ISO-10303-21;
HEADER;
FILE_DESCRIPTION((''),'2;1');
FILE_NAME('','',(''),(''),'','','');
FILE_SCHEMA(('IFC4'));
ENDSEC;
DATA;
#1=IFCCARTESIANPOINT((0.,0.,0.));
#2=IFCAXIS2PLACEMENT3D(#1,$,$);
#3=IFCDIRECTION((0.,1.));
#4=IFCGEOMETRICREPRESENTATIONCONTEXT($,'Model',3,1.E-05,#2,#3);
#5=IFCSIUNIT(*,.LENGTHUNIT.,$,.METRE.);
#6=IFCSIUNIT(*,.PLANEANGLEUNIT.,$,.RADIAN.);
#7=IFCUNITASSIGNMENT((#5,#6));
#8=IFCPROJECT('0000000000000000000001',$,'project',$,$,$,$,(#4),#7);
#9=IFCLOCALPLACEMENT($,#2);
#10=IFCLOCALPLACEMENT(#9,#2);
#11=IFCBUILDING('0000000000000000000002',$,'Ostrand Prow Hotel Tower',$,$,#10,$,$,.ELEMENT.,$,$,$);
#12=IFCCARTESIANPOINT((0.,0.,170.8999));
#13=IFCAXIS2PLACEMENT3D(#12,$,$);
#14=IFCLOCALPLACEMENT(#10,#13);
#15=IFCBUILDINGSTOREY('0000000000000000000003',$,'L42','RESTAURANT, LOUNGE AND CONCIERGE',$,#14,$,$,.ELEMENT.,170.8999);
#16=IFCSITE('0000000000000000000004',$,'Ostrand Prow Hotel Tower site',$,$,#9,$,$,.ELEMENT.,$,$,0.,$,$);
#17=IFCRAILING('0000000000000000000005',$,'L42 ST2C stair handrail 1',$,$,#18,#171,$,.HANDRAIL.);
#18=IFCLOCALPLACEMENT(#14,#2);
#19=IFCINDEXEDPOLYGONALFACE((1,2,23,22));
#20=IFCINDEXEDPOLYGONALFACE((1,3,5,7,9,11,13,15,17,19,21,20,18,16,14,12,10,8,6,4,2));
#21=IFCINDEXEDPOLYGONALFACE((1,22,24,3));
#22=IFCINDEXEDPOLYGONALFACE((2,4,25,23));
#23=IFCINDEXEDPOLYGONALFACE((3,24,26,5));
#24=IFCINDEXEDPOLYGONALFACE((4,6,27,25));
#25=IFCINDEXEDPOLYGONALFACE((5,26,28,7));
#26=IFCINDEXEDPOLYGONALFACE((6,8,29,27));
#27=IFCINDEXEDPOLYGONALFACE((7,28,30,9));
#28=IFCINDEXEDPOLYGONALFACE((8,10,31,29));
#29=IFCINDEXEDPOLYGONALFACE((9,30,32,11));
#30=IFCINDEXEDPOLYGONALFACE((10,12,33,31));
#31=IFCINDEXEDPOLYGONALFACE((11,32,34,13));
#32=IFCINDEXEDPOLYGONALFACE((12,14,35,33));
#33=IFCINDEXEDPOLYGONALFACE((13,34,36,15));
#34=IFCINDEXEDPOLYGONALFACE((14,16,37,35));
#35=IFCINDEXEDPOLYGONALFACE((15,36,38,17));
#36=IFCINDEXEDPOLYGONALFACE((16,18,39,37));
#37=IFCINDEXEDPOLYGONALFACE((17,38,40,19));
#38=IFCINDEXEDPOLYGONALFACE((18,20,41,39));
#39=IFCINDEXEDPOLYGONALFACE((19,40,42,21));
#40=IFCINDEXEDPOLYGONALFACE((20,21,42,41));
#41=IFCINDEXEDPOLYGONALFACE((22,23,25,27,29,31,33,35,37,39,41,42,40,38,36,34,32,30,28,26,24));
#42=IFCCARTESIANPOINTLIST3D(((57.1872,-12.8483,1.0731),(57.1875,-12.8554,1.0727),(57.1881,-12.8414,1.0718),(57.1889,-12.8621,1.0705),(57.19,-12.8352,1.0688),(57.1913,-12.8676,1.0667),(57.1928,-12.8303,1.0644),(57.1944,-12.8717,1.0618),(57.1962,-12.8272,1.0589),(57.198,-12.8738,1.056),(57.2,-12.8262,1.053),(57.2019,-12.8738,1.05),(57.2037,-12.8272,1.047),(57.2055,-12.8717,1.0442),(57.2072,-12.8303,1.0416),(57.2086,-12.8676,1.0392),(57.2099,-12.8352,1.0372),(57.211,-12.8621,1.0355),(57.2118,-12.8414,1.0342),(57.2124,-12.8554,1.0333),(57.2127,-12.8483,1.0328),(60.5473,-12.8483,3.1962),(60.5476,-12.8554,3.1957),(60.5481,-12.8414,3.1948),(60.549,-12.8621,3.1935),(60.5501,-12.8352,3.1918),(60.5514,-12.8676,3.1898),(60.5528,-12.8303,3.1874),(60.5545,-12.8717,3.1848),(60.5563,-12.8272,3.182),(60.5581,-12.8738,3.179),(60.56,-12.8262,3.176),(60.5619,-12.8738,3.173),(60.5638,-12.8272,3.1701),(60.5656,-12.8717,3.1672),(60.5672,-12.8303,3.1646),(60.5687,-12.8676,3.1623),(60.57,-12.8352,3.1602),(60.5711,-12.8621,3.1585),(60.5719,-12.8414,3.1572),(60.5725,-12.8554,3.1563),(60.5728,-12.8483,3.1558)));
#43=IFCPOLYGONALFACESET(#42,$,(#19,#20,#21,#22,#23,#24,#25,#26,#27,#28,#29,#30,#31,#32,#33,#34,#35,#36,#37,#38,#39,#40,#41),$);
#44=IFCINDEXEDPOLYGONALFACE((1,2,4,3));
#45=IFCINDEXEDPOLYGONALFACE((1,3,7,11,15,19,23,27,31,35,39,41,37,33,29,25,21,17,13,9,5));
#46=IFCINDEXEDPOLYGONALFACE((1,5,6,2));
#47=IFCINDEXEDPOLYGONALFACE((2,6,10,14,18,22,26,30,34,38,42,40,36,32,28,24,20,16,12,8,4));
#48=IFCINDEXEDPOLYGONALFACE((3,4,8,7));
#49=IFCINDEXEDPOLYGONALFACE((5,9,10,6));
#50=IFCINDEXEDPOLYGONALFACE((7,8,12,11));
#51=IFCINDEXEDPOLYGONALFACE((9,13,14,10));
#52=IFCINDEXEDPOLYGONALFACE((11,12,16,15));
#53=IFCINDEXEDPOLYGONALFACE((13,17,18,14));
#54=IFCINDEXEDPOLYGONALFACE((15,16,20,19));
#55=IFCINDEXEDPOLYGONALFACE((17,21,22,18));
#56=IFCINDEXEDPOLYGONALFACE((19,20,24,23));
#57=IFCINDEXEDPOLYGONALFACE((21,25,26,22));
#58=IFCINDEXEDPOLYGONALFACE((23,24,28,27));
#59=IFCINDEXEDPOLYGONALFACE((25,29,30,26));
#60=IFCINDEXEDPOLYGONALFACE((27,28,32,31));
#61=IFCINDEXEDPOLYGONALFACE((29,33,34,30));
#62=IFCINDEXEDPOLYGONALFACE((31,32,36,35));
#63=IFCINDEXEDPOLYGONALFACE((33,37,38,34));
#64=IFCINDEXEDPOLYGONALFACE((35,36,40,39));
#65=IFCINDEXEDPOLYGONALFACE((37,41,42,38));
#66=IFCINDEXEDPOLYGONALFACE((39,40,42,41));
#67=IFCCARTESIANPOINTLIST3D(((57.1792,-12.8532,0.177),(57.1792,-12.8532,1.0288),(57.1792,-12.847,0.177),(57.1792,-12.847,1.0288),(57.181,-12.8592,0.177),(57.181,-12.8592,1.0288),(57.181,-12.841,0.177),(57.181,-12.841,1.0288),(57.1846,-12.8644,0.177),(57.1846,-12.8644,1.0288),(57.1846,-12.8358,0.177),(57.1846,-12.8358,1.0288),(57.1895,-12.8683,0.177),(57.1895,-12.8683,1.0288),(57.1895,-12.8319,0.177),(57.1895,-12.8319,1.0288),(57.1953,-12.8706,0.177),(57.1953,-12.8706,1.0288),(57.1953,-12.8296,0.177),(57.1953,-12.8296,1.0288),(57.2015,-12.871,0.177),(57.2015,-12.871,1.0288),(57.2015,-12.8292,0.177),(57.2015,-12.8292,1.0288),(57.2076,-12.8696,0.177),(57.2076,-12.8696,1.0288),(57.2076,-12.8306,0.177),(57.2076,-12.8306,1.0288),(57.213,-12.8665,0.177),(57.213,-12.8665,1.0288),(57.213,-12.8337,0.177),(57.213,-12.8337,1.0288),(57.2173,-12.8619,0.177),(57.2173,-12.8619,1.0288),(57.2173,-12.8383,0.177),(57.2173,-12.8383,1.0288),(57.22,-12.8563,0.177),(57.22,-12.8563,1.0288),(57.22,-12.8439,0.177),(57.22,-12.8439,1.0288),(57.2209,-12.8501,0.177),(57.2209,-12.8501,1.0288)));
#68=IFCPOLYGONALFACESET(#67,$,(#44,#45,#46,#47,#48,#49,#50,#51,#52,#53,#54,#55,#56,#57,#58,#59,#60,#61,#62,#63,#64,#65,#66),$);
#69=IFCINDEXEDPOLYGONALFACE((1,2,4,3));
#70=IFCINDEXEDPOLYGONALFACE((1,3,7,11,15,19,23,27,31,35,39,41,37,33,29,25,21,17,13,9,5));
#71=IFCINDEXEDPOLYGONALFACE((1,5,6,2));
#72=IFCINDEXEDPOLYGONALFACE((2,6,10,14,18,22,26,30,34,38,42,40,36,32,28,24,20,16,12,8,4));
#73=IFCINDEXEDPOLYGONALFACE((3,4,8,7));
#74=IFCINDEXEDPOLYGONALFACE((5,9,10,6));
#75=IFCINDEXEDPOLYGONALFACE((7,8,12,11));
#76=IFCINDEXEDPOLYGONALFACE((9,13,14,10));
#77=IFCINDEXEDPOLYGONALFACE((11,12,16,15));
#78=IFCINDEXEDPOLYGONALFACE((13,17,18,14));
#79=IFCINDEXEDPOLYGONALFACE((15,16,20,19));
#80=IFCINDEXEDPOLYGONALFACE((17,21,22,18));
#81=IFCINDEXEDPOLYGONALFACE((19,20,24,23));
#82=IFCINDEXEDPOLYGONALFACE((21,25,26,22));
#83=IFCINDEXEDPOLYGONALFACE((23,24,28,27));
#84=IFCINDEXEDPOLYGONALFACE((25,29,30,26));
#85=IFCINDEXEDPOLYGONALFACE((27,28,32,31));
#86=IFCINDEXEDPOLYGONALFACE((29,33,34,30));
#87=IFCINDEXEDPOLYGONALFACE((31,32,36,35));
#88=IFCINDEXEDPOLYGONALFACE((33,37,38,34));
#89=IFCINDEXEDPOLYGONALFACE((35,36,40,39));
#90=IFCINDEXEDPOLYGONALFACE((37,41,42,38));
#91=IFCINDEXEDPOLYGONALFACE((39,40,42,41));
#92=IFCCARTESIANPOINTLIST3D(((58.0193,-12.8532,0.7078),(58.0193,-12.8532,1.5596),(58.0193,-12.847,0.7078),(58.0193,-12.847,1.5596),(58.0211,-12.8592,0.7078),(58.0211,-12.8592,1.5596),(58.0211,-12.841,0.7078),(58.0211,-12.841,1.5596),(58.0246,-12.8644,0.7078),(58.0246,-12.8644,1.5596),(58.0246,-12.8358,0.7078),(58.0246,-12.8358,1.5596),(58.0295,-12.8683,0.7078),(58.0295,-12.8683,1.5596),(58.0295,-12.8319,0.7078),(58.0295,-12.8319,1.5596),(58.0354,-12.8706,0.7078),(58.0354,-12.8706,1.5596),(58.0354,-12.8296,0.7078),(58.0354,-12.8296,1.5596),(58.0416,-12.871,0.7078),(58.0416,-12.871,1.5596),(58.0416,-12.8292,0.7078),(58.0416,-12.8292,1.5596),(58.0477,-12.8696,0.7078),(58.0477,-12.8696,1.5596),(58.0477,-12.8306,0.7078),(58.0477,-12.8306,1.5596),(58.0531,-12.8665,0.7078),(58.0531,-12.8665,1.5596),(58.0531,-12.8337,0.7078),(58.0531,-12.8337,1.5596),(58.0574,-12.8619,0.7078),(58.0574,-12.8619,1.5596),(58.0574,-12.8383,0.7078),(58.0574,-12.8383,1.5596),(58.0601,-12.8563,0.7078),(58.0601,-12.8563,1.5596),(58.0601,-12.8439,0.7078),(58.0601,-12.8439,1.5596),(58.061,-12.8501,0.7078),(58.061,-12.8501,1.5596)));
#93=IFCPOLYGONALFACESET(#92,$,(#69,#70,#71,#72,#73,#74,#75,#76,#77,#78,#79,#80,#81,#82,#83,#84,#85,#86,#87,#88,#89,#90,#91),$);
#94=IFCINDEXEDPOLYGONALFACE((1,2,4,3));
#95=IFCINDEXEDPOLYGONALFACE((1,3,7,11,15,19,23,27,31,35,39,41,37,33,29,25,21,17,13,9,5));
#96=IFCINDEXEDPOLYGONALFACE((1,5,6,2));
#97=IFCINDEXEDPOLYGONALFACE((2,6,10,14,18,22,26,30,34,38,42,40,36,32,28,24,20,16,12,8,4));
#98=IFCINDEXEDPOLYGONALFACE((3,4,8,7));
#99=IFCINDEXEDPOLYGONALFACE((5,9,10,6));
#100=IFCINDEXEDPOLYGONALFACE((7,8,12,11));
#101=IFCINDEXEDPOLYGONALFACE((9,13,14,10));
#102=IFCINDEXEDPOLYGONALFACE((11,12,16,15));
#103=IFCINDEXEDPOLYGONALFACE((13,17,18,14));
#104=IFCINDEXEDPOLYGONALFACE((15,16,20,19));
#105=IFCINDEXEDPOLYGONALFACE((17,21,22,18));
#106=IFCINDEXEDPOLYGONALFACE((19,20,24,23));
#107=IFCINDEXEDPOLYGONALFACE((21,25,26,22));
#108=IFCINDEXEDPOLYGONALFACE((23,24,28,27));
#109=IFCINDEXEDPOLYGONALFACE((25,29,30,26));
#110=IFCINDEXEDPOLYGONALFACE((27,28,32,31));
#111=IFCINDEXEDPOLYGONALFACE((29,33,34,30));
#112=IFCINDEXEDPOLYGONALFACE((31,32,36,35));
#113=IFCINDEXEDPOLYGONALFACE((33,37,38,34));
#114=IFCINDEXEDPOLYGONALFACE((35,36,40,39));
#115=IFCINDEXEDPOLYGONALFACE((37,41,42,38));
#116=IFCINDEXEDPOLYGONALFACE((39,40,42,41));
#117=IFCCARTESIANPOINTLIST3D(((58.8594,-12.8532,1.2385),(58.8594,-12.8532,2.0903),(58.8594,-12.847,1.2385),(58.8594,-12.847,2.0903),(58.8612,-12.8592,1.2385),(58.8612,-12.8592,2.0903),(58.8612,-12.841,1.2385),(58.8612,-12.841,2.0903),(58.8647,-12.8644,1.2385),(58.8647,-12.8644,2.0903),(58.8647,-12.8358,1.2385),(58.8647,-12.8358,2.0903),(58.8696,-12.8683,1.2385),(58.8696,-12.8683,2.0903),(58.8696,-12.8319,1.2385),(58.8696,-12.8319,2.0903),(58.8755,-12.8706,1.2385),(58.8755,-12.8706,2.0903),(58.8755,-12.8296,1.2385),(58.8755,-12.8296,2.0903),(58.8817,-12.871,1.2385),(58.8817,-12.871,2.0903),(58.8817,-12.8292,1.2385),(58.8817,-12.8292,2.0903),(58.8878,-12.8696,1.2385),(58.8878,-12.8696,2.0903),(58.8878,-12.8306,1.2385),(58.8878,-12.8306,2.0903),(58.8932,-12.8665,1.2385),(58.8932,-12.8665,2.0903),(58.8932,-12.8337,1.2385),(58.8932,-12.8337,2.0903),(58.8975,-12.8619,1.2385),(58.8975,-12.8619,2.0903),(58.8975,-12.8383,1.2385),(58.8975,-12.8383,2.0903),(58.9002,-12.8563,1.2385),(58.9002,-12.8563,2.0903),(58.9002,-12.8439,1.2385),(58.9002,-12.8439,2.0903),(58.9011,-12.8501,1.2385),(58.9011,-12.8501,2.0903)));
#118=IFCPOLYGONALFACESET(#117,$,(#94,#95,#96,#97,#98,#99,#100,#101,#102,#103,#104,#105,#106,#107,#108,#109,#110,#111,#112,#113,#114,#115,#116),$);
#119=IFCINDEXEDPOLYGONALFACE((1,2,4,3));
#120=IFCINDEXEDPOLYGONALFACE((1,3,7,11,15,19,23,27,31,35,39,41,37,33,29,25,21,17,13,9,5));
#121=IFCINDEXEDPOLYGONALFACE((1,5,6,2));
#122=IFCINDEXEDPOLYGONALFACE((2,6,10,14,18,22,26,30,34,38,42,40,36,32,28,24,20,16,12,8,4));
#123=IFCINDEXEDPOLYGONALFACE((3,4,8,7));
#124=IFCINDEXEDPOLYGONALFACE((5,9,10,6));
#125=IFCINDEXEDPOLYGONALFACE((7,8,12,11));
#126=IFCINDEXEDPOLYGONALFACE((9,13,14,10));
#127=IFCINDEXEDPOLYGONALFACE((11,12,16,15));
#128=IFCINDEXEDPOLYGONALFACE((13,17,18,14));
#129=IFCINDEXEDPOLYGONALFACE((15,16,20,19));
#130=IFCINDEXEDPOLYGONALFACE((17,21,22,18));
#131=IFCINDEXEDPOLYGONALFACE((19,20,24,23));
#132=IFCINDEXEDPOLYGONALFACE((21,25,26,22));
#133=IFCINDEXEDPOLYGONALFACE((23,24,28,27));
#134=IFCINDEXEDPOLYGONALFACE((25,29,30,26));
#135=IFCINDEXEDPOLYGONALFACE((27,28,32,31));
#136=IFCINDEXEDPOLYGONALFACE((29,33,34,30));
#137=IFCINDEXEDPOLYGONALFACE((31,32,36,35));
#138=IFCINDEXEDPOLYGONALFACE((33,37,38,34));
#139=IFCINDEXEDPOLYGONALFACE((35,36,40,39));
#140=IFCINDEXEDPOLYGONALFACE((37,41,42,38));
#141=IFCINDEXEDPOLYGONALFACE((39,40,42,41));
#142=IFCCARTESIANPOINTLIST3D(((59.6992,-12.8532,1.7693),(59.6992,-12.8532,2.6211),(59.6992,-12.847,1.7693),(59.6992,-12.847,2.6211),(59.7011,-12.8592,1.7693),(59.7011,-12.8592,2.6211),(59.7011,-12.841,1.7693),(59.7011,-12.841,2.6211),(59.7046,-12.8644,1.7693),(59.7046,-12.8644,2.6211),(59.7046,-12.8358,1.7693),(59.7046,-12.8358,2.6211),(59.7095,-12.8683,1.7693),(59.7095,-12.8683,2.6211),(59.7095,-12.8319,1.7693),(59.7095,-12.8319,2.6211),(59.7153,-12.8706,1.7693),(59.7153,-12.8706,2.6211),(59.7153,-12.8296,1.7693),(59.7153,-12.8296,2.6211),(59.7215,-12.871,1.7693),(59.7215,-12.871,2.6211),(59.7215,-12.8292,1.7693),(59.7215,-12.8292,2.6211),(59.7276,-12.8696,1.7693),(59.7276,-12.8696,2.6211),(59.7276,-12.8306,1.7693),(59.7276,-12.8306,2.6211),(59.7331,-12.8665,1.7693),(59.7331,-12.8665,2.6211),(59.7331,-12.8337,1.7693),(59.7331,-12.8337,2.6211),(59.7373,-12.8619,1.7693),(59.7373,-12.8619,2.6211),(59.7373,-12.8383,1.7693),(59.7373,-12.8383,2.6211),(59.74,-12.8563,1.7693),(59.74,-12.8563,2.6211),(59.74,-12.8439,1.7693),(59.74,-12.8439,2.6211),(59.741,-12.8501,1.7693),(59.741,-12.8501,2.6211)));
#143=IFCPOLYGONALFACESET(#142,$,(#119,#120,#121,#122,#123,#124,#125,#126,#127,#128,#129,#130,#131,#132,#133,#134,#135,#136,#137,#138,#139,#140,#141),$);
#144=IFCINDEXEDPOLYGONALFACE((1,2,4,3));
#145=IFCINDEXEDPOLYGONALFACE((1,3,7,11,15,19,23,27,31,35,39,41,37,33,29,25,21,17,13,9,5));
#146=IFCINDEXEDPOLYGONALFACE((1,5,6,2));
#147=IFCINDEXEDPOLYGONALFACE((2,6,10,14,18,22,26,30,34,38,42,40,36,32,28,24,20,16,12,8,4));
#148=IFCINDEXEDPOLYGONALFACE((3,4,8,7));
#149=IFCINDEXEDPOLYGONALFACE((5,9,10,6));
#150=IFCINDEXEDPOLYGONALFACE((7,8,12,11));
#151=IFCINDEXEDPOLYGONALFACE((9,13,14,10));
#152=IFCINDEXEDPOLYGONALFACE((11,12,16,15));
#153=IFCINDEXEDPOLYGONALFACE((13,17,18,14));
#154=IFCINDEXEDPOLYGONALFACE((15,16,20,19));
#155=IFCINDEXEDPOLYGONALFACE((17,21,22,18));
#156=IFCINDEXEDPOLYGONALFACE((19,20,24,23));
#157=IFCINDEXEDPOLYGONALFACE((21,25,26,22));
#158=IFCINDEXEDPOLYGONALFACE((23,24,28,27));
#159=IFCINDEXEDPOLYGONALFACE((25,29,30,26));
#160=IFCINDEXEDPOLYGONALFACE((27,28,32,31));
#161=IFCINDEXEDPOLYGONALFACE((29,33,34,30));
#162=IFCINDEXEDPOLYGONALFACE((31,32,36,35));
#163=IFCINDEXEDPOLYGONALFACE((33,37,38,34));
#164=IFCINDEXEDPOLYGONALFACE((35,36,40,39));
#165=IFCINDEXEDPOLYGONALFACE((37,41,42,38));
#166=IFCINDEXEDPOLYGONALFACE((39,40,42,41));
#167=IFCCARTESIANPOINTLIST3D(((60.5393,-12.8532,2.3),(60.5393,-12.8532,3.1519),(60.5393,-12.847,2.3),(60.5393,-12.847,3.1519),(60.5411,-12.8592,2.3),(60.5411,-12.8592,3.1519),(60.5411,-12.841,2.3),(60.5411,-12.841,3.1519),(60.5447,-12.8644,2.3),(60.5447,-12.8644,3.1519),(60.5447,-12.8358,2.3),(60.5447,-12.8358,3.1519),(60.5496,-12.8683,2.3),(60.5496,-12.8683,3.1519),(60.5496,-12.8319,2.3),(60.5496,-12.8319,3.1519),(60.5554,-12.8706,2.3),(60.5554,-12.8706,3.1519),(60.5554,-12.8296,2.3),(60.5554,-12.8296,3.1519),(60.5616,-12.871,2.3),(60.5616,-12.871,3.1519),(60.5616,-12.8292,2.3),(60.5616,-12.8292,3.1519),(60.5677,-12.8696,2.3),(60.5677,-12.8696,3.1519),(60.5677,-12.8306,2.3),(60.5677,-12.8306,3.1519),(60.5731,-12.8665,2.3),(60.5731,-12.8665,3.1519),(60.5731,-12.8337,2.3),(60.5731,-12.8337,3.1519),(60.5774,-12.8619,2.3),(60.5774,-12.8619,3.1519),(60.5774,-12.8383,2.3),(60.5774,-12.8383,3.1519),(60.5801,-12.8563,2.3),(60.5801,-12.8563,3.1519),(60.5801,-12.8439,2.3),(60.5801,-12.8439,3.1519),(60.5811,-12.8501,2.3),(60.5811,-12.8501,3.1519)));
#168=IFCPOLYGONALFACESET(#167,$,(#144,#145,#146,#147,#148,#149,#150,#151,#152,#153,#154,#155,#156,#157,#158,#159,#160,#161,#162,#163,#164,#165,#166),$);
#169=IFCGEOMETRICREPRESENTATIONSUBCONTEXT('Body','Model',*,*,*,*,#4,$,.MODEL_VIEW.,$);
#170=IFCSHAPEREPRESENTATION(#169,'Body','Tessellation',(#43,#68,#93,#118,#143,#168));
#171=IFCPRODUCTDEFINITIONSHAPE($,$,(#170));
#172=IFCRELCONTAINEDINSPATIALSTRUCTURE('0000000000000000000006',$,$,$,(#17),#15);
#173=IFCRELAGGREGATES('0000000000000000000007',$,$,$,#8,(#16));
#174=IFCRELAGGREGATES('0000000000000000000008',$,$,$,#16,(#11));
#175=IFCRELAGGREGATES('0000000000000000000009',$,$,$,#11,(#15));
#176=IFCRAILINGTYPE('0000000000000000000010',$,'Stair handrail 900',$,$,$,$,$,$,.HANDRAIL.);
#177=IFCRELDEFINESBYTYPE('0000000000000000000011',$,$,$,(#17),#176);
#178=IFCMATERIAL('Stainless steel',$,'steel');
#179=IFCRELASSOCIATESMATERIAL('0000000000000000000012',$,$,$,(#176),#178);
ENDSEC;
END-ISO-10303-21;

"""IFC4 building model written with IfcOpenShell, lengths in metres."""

from ifc_helpers import new_model, si_unit, direction, frame, origin, origin_2d, place, context, subcontext, project, spatial, circle, extrude, material, type_object, element, save


model = new_model("IFC4")

# Units and contexts
model_context = context("Model", 3, precision=1e-05, world=origin(), true_north=direction((0.0, 1.0)))
body_context = subcontext(model_context, "Body", "Model", "MODEL_VIEW")
ifc_project = project(units=[si_unit("LENGTHUNIT", "METRE"), si_unit("PLANEANGLEUNIT", "RADIAN")], contexts=[model_context])

# Site, building, storey
site_placement = place(None, origin())
site = spatial("IfcSite", under=ifc_project, at=site_placement, Name="Ostrand Prow Hotel Tower site", CompositionType="ELEMENT", RefElevation=0.0)
building_placement = place(site_placement, origin())
building = spatial("IfcBuilding", under=site, at=building_placement, Name="Ostrand Prow Hotel Tower", CompositionType="ELEMENT")
storey_placement = place(building_placement, frame((0.0, 0.0, 170.8999)))
storey = spatial("IfcBuildingStorey", under=building, at=storey_placement, Name="L42", Description="RESTAURANT, LOUNGE AND CONCIERGE", CompositionType="ELEMENT", Elevation=170.8999)

# Railing
ifc_material_1 = material(Name="Stainless steel", Category="steel")
railing_type_1 = type_object("IfcRailingType", Name="Stair handrail 900", PredefinedType="HANDRAIL", material=ifc_material_1)
railing_1_placement = place(storey_placement, frame((57.2, -12.8501, 0.177)))
element("IfcRailing", 1, at=railing_1_placement, inside=storey, type_object=railing_type_1, Name="L42 ST2C stair handrail 1", PredefinedType="HANDRAIL", context=body_context, shape_type="SweptSolid", body=[
    extrude(circle(Radius=0.0239, at=origin_2d()), frame((0.0, 0.0, 0.876), z_axis=(0.84539, 0.0, 0.53415), x_axis=(0.0, 1.0, 0.0)), (0.0, 0.0, 1.0), 3.9746),
    extrude(circle(Radius=0.021, at=origin_2d()), origin(), (0.0, 0.0, 1.0), 0.8518),
    extrude(circle(Radius=0.021, at=origin_2d()), frame((0.8401, 0.0, 0.5308)), (0.0, 0.0, 1.0), 0.8518),
    extrude(circle(Radius=0.021, at=origin_2d()), frame((1.6802, 0.0, 1.0615)), (0.0, 0.0, 1.0), 0.8518),
    extrude(circle(Radius=0.021, at=origin_2d()), frame((2.52, 0.0, 1.5923)), (0.0, 0.0, 1.0), 0.8518),
    extrude(circle(Radius=0.021, at=origin_2d()), frame((3.3601, 0.0, 2.123)), (0.0, 0.0, 1.0), 0.8518),
])

save(model, "model.ifc")
